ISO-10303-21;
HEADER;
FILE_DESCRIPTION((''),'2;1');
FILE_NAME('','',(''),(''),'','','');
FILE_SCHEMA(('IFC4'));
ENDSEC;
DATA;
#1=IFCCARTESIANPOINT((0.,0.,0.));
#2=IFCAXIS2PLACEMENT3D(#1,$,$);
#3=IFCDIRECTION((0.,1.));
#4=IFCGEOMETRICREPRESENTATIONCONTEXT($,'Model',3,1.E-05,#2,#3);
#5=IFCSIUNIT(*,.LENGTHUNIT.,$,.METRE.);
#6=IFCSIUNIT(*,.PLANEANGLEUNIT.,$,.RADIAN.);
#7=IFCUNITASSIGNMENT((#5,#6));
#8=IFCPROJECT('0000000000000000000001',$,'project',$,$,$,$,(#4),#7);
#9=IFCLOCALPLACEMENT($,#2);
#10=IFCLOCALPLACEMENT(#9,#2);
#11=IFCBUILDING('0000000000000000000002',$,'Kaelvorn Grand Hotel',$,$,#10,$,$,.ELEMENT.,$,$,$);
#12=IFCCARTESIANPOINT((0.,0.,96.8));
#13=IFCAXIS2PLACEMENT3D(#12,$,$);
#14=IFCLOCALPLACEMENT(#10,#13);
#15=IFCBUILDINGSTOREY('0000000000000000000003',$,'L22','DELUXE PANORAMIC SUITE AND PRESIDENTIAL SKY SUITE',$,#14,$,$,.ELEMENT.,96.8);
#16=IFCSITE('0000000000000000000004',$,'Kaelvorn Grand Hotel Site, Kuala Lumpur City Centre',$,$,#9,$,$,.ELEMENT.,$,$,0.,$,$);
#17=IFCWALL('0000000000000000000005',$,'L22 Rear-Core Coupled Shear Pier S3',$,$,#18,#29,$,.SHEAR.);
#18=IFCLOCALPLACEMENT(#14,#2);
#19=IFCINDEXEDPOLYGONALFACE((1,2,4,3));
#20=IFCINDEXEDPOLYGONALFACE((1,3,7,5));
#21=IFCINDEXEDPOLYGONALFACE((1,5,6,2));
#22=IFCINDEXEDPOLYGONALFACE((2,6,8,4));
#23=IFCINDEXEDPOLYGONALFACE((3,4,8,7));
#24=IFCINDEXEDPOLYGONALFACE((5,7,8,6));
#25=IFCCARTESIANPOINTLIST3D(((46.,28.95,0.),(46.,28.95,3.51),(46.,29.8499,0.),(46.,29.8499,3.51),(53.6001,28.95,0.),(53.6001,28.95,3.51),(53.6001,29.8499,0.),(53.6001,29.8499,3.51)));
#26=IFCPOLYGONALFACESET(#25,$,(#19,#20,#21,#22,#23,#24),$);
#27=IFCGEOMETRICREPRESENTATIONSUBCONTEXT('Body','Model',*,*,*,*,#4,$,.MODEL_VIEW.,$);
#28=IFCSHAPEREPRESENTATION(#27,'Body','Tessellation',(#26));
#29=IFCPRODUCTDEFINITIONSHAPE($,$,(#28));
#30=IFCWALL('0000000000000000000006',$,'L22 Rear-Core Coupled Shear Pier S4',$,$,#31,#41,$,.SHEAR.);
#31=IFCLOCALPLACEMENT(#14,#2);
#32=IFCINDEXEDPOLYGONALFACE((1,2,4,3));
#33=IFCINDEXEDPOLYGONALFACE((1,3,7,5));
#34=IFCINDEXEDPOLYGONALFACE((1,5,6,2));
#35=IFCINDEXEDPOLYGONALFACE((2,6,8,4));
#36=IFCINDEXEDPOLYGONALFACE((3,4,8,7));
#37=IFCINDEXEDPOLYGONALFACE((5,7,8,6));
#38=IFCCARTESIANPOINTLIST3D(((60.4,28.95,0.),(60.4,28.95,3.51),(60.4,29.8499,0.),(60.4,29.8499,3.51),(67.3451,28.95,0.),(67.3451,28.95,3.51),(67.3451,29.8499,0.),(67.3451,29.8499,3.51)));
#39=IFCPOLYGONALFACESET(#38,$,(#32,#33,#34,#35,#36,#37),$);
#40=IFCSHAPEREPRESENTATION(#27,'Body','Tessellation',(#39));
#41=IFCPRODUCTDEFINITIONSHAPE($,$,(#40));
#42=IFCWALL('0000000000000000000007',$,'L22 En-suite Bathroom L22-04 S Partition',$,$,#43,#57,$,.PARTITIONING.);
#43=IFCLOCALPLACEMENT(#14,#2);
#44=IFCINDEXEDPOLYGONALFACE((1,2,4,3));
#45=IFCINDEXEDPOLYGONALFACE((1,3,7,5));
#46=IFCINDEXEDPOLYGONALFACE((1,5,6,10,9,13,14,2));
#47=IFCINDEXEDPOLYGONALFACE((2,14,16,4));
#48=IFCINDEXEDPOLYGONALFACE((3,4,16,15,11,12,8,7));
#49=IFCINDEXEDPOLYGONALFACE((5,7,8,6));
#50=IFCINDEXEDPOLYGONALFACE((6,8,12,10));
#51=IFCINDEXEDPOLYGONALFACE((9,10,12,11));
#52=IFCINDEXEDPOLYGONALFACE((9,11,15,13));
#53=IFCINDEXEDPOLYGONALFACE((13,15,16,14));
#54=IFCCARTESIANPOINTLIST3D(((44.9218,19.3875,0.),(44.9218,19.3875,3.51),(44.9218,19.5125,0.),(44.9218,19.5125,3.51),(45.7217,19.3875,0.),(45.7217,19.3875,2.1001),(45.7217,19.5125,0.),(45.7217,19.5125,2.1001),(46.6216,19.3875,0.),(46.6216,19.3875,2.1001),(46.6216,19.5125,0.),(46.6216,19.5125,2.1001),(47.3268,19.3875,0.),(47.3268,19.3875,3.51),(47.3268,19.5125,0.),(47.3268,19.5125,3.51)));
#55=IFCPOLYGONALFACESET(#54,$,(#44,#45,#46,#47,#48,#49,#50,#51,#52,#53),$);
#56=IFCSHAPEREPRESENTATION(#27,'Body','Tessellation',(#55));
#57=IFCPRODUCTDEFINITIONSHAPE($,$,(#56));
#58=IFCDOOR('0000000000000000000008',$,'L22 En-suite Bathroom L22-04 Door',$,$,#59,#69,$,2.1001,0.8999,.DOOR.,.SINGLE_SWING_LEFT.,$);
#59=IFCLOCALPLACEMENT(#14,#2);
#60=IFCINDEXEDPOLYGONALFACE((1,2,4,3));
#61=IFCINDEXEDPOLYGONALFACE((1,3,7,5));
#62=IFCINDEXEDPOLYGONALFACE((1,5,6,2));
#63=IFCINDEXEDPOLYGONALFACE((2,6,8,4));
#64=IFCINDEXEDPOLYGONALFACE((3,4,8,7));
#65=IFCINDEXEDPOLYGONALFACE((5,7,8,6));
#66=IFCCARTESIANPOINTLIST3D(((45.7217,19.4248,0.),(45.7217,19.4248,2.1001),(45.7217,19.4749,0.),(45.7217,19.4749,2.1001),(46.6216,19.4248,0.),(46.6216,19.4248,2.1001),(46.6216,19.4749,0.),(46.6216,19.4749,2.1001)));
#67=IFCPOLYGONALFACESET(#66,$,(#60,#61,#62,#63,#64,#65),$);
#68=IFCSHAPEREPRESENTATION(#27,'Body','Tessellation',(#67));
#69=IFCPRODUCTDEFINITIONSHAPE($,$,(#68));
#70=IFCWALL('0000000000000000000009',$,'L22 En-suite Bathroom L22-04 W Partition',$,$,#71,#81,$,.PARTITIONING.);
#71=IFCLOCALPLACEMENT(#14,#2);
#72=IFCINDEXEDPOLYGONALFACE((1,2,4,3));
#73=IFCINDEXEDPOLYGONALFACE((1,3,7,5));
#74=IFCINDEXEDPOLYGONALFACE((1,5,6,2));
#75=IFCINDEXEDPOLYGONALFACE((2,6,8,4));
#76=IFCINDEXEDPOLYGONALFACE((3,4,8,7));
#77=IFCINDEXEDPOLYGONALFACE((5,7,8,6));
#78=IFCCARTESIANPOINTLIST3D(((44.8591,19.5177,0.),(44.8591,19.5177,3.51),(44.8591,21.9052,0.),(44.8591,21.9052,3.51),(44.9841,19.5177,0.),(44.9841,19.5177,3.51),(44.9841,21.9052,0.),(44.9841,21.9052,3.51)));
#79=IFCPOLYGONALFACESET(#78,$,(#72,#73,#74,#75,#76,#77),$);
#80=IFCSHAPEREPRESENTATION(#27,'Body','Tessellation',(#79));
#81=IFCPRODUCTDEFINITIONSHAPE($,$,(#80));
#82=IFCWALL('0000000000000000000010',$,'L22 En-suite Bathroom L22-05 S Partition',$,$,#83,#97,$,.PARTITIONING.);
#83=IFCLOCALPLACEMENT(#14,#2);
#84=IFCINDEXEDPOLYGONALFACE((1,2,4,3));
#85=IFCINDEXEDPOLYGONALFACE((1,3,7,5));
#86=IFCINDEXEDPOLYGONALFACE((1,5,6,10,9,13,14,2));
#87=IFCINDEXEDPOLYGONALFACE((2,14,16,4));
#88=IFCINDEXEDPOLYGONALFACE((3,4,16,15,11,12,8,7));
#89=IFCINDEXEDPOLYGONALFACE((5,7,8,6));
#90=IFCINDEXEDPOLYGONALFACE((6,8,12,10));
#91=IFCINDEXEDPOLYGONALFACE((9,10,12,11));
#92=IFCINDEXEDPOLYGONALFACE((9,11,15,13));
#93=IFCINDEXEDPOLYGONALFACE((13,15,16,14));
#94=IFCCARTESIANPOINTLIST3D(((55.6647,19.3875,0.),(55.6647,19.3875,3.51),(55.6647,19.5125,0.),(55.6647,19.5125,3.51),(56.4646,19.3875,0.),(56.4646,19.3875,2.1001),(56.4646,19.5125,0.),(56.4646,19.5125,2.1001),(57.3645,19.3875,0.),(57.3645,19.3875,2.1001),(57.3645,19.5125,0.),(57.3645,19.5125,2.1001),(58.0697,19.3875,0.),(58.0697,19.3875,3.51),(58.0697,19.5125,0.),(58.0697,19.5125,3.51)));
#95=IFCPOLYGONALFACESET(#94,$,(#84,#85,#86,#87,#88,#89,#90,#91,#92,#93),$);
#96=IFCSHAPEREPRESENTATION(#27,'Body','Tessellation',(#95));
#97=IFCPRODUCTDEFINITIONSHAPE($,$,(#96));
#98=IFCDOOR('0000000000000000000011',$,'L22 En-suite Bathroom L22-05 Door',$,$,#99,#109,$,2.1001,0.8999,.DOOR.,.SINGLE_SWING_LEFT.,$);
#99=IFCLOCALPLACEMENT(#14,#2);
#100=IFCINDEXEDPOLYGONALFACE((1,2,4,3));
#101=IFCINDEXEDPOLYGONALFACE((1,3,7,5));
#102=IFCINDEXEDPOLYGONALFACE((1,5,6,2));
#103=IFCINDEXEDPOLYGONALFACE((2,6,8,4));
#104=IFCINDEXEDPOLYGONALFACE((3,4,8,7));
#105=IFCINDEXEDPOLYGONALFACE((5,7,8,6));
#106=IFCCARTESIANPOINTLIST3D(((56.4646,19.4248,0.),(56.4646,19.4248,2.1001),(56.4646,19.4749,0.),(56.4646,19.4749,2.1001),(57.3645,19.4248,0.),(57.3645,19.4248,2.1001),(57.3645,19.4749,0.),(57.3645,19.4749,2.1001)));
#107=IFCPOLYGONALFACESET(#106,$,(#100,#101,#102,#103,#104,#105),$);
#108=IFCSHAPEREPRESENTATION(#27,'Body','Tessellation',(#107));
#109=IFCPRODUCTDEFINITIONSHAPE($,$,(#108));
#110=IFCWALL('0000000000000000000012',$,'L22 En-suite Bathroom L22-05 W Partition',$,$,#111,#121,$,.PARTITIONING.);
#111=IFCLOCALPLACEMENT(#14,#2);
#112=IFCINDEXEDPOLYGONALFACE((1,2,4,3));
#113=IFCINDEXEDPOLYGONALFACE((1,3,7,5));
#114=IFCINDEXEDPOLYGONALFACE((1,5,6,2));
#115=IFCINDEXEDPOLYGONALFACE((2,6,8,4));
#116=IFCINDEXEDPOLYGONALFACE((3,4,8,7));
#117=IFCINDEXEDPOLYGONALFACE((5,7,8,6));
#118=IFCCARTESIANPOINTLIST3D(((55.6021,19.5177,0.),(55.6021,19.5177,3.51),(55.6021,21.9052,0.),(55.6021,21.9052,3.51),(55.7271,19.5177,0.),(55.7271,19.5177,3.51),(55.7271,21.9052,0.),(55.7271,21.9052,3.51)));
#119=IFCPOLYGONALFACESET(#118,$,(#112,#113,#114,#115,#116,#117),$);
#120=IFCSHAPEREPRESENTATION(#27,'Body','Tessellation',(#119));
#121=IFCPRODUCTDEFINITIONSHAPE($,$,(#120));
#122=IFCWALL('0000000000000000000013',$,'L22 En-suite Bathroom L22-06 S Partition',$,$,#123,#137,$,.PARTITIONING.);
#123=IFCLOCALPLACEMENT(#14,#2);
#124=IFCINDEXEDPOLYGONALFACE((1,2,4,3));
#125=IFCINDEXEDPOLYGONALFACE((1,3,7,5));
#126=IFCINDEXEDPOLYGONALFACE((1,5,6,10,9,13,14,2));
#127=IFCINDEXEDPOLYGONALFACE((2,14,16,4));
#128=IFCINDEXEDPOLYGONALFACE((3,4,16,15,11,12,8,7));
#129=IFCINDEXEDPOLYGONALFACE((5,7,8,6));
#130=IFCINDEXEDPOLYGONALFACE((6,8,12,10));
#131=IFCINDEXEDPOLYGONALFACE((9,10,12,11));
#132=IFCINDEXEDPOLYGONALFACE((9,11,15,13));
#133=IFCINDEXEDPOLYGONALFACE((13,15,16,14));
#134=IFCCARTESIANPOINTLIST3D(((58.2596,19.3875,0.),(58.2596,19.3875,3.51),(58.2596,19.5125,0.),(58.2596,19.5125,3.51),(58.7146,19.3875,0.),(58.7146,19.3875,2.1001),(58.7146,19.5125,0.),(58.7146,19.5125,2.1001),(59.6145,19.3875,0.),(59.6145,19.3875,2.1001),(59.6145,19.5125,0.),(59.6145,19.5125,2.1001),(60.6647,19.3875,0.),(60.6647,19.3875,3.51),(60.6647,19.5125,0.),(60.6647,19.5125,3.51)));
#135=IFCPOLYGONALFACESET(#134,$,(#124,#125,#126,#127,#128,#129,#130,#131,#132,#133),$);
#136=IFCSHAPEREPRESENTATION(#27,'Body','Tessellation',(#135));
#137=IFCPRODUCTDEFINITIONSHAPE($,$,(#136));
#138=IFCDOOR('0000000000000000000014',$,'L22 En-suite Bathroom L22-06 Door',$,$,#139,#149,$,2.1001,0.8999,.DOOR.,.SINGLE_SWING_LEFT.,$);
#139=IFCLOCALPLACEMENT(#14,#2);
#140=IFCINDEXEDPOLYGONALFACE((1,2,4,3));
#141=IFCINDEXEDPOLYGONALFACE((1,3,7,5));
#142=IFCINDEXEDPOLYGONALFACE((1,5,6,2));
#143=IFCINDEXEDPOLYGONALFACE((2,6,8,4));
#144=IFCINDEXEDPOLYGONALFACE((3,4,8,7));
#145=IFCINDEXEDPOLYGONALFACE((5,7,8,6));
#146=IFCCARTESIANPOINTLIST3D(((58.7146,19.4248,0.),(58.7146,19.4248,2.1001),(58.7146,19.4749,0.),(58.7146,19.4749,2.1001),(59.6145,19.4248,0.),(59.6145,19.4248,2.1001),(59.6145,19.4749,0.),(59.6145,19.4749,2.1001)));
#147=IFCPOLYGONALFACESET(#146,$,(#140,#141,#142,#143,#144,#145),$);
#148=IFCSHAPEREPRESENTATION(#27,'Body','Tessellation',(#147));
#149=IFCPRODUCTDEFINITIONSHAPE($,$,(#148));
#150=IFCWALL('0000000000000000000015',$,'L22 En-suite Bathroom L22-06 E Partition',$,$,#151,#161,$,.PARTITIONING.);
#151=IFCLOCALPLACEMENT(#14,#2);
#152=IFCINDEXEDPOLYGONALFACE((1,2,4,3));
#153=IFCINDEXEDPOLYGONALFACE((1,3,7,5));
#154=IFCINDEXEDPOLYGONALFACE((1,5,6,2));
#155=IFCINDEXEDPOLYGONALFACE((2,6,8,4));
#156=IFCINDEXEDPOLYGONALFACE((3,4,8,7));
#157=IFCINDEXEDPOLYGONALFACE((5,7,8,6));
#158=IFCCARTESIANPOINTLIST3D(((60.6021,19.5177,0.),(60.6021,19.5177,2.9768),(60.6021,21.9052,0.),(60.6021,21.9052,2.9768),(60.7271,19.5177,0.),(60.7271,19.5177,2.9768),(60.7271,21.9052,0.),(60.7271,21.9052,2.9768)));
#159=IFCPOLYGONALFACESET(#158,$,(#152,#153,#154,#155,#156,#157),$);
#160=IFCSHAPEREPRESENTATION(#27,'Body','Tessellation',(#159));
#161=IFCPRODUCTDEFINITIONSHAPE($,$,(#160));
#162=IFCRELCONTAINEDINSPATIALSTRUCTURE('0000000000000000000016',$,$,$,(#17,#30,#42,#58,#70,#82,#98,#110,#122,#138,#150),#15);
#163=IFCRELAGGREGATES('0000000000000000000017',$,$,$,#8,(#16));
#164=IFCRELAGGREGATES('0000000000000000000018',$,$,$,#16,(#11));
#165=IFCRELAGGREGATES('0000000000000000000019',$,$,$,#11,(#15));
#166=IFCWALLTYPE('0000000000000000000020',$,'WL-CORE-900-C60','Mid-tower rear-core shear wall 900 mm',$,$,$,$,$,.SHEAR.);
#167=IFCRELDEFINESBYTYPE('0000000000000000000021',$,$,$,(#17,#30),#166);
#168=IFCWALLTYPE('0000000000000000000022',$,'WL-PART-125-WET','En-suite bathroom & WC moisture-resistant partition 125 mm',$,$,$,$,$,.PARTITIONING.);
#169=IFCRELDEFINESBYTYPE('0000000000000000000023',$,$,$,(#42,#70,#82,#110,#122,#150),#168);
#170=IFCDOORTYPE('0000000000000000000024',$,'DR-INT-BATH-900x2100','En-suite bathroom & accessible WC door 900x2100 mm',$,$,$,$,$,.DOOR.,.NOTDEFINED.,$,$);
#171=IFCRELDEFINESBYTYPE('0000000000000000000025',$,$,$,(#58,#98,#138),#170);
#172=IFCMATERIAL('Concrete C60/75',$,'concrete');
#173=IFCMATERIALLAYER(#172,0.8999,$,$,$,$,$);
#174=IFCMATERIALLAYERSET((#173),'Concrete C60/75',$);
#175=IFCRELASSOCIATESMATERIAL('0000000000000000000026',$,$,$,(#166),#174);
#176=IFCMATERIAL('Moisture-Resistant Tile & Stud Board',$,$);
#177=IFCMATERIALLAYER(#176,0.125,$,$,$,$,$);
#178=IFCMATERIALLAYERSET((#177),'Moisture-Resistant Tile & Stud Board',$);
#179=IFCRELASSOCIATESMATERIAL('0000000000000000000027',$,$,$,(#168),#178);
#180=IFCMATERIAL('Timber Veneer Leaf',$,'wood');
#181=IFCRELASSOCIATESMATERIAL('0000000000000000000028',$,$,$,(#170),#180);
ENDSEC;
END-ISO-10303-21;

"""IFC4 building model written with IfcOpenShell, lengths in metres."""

from ifc_helpers import new_model, si_unit, direction, frame, frame_2d, origin, place, context, subcontext, project, spatial, rectangle, extrude, material, layer, layer_set, type_object, element, fill, save


model = new_model("IFC4")

# Units and contexts
model_context = context("Model", 3, precision=1e-05, world=origin(), true_north=direction((0.0, 1.0)))
body_context = subcontext(model_context, "Body", "Model", "MODEL_VIEW")
ifc_project = project(units=[si_unit("LENGTHUNIT", "METRE"), si_unit("PLANEANGLEUNIT", "RADIAN")], contexts=[model_context])

# Site, building, storey
site_placement = place(None, origin())
site = spatial("IfcSite", under=ifc_project, at=site_placement, Name="Kaelvorn Grand Hotel Site, Kuala Lumpur City Centre", CompositionType="ELEMENT", RefElevation=0.0)
building_placement = place(site_placement, origin())
building = spatial("IfcBuilding", under=site, at=building_placement, Name="Kaelvorn Grand Hotel", CompositionType="ELEMENT")
storey_placement = place(building_placement, frame((0.0, 0.0, 96.8)))
storey = spatial("IfcBuildingStorey", under=building, at=storey_placement, Name="L22", Description="DELUXE PANORAMIC SUITE AND PRESIDENTIAL SKY SUITE", CompositionType="ELEMENT", Elevation=96.8)

# Shared definitions
ifc_material_1 = material(Name="Concrete C60/75", Category="concrete")

# Walls
ifc_layer_1 = layer(ifc_material_1, 0.8999)
ifc_layer_set_1 = layer_set([ifc_layer_1], Name="Concrete C60/75")
wall_type_1 = type_object("IfcWallType", Name="WL-CORE-900-C60", Description="Mid-tower rear-core shear wall 900 mm", PredefinedType="SHEAR", material=ifc_layer_set_1)
wall_1_placement = place(storey_placement, frame((46.0, 29.3999, 0.0), z_axis=(0.0, 0.0, 1.0), x_axis=(1.0, 0.0, 0.0)))
element("IfcWall", 1, at=wall_1_placement, inside=storey, type_object=wall_type_1, Name="L22 Rear-Core Coupled Shear Pier S3", PredefinedType="SHEAR", context=body_context, shape_type="SweptSolid", body=[
    extrude(rectangle(XDim=7.6001, YDim=0.8999, at=frame_2d((3.8, 0.0))), origin(), (0.0, 0.0, 1.0), 3.51),
])
wall_2_placement = place(storey_placement, frame((60.3999, 29.3999, 0.0), z_axis=(0.0, 0.0, 1.0), x_axis=(1.0, 0.0, 0.0)))
element("IfcWall", 2, at=wall_2_placement, inside=storey, type_object=wall_type_1, Name="L22 Rear-Core Coupled Shear Pier S4", PredefinedType="SHEAR", context=body_context, shape_type="SweptSolid", body=[
    extrude(rectangle(XDim=6.9451, YDim=0.8999, at=frame_2d((3.4727, 0.0))), origin(), (0.0, 0.0, 1.0), 3.51),
])

# Wall, opening, door
ifc_material_2 = material(Name="Moisture-Resistant Tile & Stud Board")
ifc_layer_2 = layer(ifc_material_2, 0.125)
ifc_layer_set_2 = layer_set([ifc_layer_2], Name="Moisture-Resistant Tile & Stud Board")
wall_type_2 = type_object("IfcWallType", Name="WL-PART-125-WET", Description="En-suite bathroom & WC moisture-resistant partition 125 mm", PredefinedType="PARTITIONING", material=ifc_layer_set_2)
wall_3_placement = place(storey_placement, frame((44.9216, 19.45, 0.0), z_axis=(0.0, 0.0, 1.0), x_axis=(1.0, 0.0, 0.0)))
wall_3 = element("IfcWall", 3, at=wall_3_placement, inside=storey, type_object=wall_type_2, Name="L22 En-suite Bathroom L22-04 S Partition", PredefinedType="PARTITIONING", context=body_context, shape_type="SweptSolid", body=[
    extrude(rectangle(XDim=2.405, YDim=0.125, at=frame_2d((1.2026, 0.0))), origin(), (0.0, 0.0, 1.0), 3.51),
])
opening_1_placement = place(wall_3_placement, frame((0.8, 0.0, 0.0)))
opening_1 = element("IfcOpeningElement", 4, at=opening_1_placement, cuts=wall_3, PredefinedType="OPENING", context=body_context, shape_type="SweptSolid", body=[
    extrude(rectangle(XDim=0.8999, YDim=2.1001, at=frame_2d((0.45, 1.05))), frame((0.0, 0.0725, 0.0), z_axis=(0.0, -1.0, 0.0), x_axis=(1.0, 0.0, 0.0)), (0.0, 0.0, 1.0), 0.145),
])
ifc_material_3 = material(Name="Timber Veneer Leaf", Category="wood")
door_type_1 = type_object("IfcDoorType", Name="DR-INT-BATH-900x2100", Description="En-suite bathroom & accessible WC door 900x2100 mm", OperationType="NOTDEFINED", PredefinedType="DOOR", material=ifc_material_3)
door_1_placement = place(opening_1_placement, origin())
door_1 = element("IfcDoor", 5, at=door_1_placement, inside=storey, type_object=door_type_1, Name="L22 En-suite Bathroom L22-04 Door", OperationType="SINGLE_SWING_LEFT", OverallHeight=2.1001, OverallWidth=0.8999, PredefinedType="DOOR", context=body_context, shape_type="SweptSolid", body=[
    extrude(rectangle(XDim=0.8999, YDim=2.1001, at=frame_2d((0.45, 1.05))), frame((0.0, 0.0249, 0.0), z_axis=(0.0, -1.0, 0.0), x_axis=(1.0, 0.0, 0.0)), (0.0, 0.0, 1.0), 0.05),
])
fill(opening_1, door_1)

# Wall
wall_4_placement = place(storey_placement, frame((44.9216, 19.5176, 0.0), z_axis=(0.0, 0.0, 1.0), x_axis=(0.0, 1.0, 0.0)))
element("IfcWall", 6, at=wall_4_placement, inside=storey, type_object=wall_type_2, Name="L22 En-suite Bathroom L22-04 W Partition", PredefinedType="PARTITIONING", context=body_context, shape_type="SweptSolid", body=[
    extrude(rectangle(XDim=2.3875, YDim=0.125, at=frame_2d((1.1938, 0.0))), origin(), (0.0, 0.0, 1.0), 3.51),
])

# Wall, opening, door
wall_5_placement = place(storey_placement, frame((55.6646, 19.45, 0.0), z_axis=(0.0, 0.0, 1.0), x_axis=(1.0, 0.0, 0.0)))
wall_5 = element("IfcWall", 7, at=wall_5_placement, inside=storey, type_object=wall_type_2, Name="L22 En-suite Bathroom L22-05 S Partition", PredefinedType="PARTITIONING", context=body_context, shape_type="SweptSolid", body=[
    extrude(rectangle(XDim=2.405, YDim=0.125, at=frame_2d((1.2026, 0.0))), origin(), (0.0, 0.0, 1.0), 3.51),
])
opening_2_placement = place(wall_5_placement, frame((0.8, 0.0, 0.0)))
opening_2 = element("IfcOpeningElement", 8, at=opening_2_placement, cuts=wall_5, PredefinedType="OPENING", context=body_context, shape_type="SweptSolid", body=[
    extrude(rectangle(XDim=0.8999, YDim=2.1001, at=frame_2d((0.45, 1.05))), frame((0.0, 0.0725, 0.0), z_axis=(0.0, -1.0, 0.0), x_axis=(1.0, 0.0, 0.0)), (0.0, 0.0, 1.0), 0.145),
])
door_2_placement = place(opening_2_placement, origin())
door_2 = element("IfcDoor", 9, at=door_2_placement, inside=storey, type_object=door_type_1, Name="L22 En-suite Bathroom L22-05 Door", OperationType="SINGLE_SWING_LEFT", OverallHeight=2.1001, OverallWidth=0.8999, PredefinedType="DOOR", context=body_context, shape_type="SweptSolid", body=[
    extrude(rectangle(XDim=0.8999, YDim=2.1001, at=frame_2d((0.45, 1.05))), frame((0.0, 0.0249, 0.0), z_axis=(0.0, -1.0, 0.0), x_axis=(1.0, 0.0, 0.0)), (0.0, 0.0, 1.0), 0.05),
])
fill(opening_2, door_2)

# Wall
wall_6_placement = place(storey_placement, frame((55.6646, 19.5176, 0.0), z_axis=(0.0, 0.0, 1.0), x_axis=(0.0, 1.0, 0.0)))
element("IfcWall", 10, at=wall_6_placement, inside=storey, type_object=wall_type_2, Name="L22 En-suite Bathroom L22-05 W Partition", PredefinedType="PARTITIONING", context=body_context, shape_type="SweptSolid", body=[
    extrude(rectangle(XDim=2.3875, YDim=0.125, at=frame_2d((1.1938, 0.0))), origin(), (0.0, 0.0, 1.0), 3.51),
])

# Wall, opening, door
wall_7_placement = place(storey_placement, frame((58.2595, 19.45, 0.0), z_axis=(0.0, 0.0, 1.0), x_axis=(1.0, 0.0, 0.0)))
wall_7 = element("IfcWall", 11, at=wall_7_placement, inside=storey, type_object=wall_type_2, Name="L22 En-suite Bathroom L22-06 S Partition", PredefinedType="PARTITIONING", context=body_context, shape_type="SweptSolid", body=[
    extrude(rectangle(XDim=2.405, YDim=0.125, at=frame_2d((1.2026, 0.0))), origin(), (0.0, 0.0, 1.0), 3.51),
])
opening_3_placement = place(wall_7_placement, frame((0.4551, 0.0, 0.0)))
opening_3 = element("IfcOpeningElement", 12, at=opening_3_placement, cuts=wall_7, PredefinedType="OPENING", context=body_context, shape_type="SweptSolid", body=[
    extrude(rectangle(XDim=0.8999, YDim=2.1001, at=frame_2d((0.45, 1.05))), frame((0.0, 0.0725, 0.0), z_axis=(0.0, -1.0, 0.0), x_axis=(1.0, 0.0, 0.0)), (0.0, 0.0, 1.0), 0.145),
])
door_3_placement = place(opening_3_placement, origin())
door_3 = element("IfcDoor", 13, at=door_3_placement, inside=storey, type_object=door_type_1, Name="L22 En-suite Bathroom L22-06 Door", OperationType="SINGLE_SWING_LEFT", OverallHeight=2.1001, OverallWidth=0.8999, PredefinedType="DOOR", context=body_context, shape_type="SweptSolid", body=[
    extrude(rectangle(XDim=0.8999, YDim=2.1001, at=frame_2d((0.45, 1.05))), frame((0.0, 0.0249, 0.0), z_axis=(0.0, -1.0, 0.0), x_axis=(1.0, 0.0, 0.0)), (0.0, 0.0, 1.0), 0.05),
])
fill(opening_3, door_3)

# Wall
wall_8_placement = place(storey_placement, frame((60.6646, 19.5176, 0.0), z_axis=(0.0, 0.0, 1.0), x_axis=(0.0, 1.0, 0.0)))
element("IfcWall", 14, at=wall_8_placement, inside=storey, type_object=wall_type_2, Name="L22 En-suite Bathroom L22-06 E Partition", PredefinedType="PARTITIONING", context=body_context, shape_type="SweptSolid", body=[
    extrude(rectangle(XDim=2.3875, YDim=0.125, at=frame_2d((1.1938, 0.0))), origin(), (0.0, 0.0, 1.0), 2.9768),
])

save(model, "model.ifc")
